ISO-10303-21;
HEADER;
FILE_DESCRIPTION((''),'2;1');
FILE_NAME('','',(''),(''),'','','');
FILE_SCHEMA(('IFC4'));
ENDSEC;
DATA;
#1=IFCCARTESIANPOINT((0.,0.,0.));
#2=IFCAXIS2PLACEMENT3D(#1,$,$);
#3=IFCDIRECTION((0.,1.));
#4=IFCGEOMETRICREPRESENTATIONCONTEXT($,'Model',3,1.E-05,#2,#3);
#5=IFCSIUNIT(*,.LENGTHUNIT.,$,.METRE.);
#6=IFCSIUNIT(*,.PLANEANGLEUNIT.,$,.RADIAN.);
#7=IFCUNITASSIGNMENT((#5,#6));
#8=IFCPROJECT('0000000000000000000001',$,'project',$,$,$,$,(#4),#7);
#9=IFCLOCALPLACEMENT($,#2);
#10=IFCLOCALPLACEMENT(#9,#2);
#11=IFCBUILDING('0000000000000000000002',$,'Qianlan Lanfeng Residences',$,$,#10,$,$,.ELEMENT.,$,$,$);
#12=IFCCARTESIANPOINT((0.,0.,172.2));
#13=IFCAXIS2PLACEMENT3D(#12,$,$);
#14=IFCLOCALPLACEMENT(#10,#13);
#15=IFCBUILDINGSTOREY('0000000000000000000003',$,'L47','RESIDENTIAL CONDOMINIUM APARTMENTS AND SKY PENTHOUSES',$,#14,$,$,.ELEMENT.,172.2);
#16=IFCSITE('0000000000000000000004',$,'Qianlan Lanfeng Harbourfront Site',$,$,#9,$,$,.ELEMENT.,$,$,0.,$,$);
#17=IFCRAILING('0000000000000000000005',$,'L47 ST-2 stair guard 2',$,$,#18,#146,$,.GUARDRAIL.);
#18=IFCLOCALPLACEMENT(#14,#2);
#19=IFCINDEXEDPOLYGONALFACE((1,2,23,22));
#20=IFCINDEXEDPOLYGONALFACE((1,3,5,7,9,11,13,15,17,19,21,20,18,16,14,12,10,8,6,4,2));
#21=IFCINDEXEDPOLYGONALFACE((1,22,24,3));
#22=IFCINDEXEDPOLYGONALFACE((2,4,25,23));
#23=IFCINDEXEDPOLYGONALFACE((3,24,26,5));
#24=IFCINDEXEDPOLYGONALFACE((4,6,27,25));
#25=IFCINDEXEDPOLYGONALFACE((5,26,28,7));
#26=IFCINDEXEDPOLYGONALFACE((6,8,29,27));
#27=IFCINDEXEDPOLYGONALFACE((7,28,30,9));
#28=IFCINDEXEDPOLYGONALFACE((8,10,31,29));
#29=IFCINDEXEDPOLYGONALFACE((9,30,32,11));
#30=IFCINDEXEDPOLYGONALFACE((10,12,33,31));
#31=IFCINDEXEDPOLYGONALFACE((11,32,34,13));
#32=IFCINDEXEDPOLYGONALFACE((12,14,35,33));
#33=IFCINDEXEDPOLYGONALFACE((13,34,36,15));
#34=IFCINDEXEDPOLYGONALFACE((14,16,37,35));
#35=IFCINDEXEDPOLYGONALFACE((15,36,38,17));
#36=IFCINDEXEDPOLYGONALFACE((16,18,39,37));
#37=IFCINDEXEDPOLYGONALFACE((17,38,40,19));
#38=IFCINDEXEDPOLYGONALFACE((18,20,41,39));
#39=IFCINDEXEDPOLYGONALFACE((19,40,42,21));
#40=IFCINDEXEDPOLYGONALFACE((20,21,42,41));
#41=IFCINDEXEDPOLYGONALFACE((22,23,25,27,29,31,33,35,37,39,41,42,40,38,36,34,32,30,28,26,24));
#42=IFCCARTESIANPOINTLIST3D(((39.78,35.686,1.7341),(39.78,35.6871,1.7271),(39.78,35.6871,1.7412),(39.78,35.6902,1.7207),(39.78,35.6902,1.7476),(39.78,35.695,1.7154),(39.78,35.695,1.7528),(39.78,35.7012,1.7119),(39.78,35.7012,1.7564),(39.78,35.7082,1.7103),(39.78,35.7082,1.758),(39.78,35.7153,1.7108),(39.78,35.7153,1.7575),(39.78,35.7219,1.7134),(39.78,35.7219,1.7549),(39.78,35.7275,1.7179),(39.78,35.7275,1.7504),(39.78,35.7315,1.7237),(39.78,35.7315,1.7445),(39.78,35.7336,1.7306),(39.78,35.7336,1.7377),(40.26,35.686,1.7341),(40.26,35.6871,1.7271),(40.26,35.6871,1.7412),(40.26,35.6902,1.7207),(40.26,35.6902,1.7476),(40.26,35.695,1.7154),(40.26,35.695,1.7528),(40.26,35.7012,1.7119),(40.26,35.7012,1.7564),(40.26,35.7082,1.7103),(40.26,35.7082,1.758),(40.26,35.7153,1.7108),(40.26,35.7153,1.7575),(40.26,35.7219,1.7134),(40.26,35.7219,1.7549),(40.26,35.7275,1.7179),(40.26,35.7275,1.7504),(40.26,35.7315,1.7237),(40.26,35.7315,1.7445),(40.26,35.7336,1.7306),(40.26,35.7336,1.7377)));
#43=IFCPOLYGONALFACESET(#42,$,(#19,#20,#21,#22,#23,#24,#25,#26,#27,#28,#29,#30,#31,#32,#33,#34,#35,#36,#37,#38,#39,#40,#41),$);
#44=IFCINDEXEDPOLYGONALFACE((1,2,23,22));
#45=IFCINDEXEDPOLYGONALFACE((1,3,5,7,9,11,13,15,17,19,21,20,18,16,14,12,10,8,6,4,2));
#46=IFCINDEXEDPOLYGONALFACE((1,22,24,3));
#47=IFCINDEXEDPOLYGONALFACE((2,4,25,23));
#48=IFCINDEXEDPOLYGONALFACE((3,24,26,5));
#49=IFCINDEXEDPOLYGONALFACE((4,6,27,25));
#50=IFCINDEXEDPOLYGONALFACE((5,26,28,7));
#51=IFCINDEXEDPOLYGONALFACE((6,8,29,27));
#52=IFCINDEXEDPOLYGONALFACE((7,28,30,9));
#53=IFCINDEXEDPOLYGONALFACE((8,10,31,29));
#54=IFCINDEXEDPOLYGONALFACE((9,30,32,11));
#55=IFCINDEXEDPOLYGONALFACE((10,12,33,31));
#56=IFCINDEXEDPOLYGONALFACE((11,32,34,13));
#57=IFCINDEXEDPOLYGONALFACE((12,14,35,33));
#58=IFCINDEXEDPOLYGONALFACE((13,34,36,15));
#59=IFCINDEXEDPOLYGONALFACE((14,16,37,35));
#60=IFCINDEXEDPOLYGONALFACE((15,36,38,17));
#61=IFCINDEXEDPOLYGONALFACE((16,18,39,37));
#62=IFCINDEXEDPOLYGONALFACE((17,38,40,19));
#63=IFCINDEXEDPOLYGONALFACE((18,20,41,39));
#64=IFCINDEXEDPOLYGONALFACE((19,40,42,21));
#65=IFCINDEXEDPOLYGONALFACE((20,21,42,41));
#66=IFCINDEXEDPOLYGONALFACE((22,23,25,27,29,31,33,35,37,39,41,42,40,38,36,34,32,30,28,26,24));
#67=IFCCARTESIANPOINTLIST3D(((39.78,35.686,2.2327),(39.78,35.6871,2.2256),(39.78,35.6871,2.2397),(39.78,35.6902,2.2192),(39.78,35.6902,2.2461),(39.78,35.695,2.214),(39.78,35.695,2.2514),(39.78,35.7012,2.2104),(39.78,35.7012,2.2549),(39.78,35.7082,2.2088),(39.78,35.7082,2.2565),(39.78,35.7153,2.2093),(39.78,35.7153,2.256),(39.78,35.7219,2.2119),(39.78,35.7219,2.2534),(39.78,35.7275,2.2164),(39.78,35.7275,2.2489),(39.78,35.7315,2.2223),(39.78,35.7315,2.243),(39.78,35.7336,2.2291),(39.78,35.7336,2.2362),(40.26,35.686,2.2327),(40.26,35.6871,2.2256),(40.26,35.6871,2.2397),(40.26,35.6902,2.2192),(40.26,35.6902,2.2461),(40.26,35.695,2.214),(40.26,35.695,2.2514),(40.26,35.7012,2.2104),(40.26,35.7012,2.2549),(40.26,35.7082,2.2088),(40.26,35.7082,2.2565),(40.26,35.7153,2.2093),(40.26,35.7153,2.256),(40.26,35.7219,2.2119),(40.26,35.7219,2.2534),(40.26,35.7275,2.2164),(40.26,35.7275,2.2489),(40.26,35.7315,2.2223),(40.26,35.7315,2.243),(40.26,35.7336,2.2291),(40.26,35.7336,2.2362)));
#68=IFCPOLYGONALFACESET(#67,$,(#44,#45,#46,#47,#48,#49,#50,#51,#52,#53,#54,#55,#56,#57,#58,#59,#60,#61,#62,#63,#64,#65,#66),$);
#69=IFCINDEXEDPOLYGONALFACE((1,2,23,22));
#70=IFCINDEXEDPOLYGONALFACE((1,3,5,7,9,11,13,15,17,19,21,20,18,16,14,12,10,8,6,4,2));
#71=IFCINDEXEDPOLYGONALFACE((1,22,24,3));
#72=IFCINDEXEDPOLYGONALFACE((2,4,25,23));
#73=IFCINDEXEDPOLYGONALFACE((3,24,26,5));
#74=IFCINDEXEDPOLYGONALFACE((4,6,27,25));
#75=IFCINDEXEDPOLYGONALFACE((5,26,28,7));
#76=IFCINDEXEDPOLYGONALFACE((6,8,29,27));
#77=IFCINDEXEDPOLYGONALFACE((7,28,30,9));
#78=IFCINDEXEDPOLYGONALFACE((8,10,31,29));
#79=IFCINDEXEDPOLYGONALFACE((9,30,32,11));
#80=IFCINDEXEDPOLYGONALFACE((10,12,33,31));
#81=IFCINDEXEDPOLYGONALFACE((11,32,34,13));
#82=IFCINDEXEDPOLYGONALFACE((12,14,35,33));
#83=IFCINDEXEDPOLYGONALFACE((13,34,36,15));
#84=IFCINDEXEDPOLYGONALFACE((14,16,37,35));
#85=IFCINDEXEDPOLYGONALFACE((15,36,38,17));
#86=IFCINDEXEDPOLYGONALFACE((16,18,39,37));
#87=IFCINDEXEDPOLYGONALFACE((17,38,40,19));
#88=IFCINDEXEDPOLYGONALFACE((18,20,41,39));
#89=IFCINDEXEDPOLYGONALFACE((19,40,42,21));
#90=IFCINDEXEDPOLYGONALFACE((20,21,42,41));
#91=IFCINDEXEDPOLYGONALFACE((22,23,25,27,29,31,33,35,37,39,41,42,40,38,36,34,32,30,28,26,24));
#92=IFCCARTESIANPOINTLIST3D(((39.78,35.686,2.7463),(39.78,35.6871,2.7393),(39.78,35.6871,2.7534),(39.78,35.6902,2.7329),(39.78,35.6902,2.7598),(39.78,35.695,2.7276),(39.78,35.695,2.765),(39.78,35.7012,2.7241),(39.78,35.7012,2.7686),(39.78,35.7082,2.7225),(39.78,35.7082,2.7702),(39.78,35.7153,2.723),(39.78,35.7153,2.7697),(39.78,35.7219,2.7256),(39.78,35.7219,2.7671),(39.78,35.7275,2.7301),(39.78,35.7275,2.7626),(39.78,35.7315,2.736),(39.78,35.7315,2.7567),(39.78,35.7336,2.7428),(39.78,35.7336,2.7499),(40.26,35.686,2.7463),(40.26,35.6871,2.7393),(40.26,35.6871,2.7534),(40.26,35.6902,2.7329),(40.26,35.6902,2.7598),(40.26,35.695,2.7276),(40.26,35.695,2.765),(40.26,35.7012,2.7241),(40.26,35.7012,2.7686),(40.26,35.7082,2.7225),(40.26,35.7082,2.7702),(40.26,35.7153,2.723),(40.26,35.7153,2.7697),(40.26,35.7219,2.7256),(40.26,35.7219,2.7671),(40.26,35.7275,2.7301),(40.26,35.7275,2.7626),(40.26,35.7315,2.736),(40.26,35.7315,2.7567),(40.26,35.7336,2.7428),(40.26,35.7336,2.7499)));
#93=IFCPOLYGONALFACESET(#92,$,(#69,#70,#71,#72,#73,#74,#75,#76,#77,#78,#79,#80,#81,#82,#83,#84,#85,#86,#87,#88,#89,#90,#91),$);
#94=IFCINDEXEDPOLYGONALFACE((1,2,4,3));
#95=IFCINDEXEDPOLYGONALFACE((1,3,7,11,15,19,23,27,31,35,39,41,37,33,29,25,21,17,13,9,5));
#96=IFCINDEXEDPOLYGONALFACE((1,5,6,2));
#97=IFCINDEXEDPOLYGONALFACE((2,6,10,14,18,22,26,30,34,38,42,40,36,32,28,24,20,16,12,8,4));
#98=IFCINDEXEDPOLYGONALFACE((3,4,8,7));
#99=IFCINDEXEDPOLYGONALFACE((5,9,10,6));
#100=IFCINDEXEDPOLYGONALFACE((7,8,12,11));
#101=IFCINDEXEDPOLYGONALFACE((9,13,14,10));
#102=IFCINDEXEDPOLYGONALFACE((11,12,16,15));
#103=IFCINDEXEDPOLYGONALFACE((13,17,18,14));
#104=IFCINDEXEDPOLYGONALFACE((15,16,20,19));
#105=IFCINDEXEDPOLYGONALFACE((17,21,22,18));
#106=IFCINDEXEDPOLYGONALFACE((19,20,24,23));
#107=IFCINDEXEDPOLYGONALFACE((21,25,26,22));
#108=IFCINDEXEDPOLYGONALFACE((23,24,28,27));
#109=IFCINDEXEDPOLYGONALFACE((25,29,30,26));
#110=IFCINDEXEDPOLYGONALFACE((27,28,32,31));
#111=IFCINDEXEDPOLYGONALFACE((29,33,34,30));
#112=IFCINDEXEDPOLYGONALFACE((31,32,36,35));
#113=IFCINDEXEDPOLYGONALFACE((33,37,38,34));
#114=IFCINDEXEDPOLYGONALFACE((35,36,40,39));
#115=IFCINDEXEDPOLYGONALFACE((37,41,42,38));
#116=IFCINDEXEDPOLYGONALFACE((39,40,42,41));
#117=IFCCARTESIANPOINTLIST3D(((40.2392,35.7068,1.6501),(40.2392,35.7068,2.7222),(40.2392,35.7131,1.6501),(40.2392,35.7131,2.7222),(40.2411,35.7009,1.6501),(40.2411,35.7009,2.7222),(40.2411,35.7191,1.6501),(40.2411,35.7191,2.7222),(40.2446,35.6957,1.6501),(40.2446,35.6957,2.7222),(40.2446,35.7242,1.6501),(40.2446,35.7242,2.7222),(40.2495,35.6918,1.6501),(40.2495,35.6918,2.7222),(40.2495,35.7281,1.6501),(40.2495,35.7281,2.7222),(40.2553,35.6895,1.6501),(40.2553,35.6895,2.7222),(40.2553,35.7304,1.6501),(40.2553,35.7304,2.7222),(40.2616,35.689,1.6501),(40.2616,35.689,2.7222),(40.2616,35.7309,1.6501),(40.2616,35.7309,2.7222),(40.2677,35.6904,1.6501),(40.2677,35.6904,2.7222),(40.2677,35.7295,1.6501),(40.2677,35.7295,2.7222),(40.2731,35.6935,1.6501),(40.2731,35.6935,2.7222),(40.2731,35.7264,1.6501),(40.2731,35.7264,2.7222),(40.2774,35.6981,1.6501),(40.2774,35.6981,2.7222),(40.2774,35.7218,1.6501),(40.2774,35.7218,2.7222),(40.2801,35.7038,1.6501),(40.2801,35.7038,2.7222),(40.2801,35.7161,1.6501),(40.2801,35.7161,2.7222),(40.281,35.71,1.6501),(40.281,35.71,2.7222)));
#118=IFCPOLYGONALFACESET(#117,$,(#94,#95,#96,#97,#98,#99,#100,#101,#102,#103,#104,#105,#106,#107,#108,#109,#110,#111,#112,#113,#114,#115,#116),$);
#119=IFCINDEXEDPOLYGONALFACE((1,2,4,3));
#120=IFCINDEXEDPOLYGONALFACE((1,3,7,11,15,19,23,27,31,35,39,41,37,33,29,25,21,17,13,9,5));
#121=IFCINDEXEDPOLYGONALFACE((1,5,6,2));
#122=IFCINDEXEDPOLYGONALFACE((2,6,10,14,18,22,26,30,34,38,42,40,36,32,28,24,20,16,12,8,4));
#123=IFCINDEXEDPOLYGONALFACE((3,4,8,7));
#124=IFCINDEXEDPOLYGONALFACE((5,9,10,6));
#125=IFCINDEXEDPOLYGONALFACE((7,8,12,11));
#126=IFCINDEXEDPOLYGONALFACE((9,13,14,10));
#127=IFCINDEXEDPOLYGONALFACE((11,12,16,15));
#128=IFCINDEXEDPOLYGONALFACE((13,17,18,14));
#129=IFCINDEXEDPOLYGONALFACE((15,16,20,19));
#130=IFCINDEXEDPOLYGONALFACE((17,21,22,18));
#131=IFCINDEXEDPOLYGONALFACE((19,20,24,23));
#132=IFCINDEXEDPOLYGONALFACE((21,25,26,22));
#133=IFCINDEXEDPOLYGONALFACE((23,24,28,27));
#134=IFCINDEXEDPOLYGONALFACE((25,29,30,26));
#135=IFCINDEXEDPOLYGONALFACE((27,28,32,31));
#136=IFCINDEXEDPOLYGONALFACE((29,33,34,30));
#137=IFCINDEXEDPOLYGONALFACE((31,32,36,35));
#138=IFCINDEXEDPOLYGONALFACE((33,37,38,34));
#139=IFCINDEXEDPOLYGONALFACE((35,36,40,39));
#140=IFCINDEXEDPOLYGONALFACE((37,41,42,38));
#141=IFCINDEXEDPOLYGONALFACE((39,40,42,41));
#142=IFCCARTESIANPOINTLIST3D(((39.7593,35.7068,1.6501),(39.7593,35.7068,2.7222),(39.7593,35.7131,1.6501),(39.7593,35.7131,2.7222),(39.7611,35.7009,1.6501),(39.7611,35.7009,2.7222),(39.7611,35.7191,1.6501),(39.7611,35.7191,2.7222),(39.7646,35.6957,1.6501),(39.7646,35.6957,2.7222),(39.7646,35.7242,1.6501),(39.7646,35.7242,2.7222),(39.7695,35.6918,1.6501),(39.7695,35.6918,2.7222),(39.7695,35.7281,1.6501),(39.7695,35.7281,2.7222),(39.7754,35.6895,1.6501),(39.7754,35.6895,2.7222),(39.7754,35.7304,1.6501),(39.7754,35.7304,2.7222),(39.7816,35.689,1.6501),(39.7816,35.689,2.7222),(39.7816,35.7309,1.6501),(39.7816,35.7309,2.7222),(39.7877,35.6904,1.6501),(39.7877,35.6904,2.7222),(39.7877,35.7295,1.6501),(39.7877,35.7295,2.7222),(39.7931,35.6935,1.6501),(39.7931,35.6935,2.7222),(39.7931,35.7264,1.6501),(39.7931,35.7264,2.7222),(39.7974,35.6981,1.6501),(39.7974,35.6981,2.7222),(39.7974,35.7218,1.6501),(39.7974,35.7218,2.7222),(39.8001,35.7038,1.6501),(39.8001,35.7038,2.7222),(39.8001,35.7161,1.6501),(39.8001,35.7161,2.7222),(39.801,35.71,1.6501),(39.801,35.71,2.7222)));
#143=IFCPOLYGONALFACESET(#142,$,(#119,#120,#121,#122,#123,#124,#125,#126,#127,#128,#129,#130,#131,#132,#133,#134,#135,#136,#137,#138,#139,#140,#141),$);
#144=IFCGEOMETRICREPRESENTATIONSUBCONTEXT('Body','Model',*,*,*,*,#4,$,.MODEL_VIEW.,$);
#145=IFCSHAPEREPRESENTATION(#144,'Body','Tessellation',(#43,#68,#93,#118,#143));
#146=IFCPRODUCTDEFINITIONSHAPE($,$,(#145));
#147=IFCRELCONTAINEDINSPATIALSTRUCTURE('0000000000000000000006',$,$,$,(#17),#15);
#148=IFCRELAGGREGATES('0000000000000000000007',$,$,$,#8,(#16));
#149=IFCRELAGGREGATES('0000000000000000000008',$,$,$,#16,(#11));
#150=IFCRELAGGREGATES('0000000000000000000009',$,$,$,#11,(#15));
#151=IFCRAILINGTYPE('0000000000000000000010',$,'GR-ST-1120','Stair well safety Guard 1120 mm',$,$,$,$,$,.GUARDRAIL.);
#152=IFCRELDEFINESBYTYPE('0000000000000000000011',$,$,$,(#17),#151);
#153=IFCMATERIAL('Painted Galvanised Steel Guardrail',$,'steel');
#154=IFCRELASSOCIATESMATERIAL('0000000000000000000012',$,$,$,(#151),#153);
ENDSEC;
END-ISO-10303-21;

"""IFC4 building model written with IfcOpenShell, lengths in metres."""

from ifc_helpers import new_model, si_unit, direction, frame, origin, origin_2d, place, context, subcontext, project, spatial, circle, extrude, material, type_object, element, save


model = new_model("IFC4")

# Units and contexts
model_context = context("Model", 3, precision=1e-05, world=origin(), true_north=direction((0.0, 1.0)))
body_context = subcontext(model_context, "Body", "Model", "MODEL_VIEW")
ifc_project = project(units=[si_unit("LENGTHUNIT", "METRE"), si_unit("PLANEANGLEUNIT", "RADIAN")], contexts=[model_context])

# Site, building, storey
site_placement = place(None, origin())
site = spatial("IfcSite", under=ifc_project, at=site_placement, Name="Qianlan Lanfeng Harbourfront Site", CompositionType="ELEMENT", RefElevation=0.0)
building_placement = place(site_placement, origin())
building = spatial("IfcBuilding", under=site, at=building_placement, Name="Qianlan Lanfeng Residences", CompositionType="ELEMENT")
storey_placement = place(building_placement, frame((0.0, 0.0, 172.2)))
storey = spatial("IfcBuildingStorey", under=building, at=storey_placement, Name="L47", Description="RESIDENTIAL CONDOMINIUM APARTMENTS AND SKY PENTHOUSES", CompositionType="ELEMENT", Elevation=172.2)

# Railing
ifc_material_1 = material(Name="Painted Galvanised Steel Guardrail", Category="steel")
railing_type_1 = type_object("IfcRailingType", Name="GR-ST-1120", Description="Stair well safety Guard 1120 mm", PredefinedType="GUARDRAIL", material=ifc_material_1)
railing_1_placement = place(storey_placement, frame((40.26, 35.71, 1.6501)))
element("IfcRailing", 1, at=railing_1_placement, inside=storey, type_object=railing_type_1, Name="L47 ST-2 stair guard 2", PredefinedType="GUARDRAIL", context=body_context, shape_type="SweptSolid", body=[
    extrude(circle(Radius=0.0239, at=origin_2d()), frame((0.0, 0.0, 0.084), z_axis=(-1.0, 0.0, 0.0), x_axis=(0.0, -1.0, 0.0)), (0.0, 0.0, 1.0), 0.48),
    extrude(circle(Radius=0.0239, at=origin_2d()), frame((0.0, 0.0, 0.5825), z_axis=(-1.0, 0.0, 0.0), x_axis=(0.0, -1.0, 0.0)), (0.0, 0.0, 1.0), 0.48),
    extrude(circle(Radius=0.0239, at=origin_2d()), frame((0.0, 0.0, 1.0962), z_axis=(-1.0, 0.0, 0.0), x_axis=(0.0, -1.0, 0.0)), (0.0, 0.0, 1.0), 0.48),
    extrude(circle(Radius=0.021, at=origin_2d()), origin(), (0.0, 0.0, 1.0), 1.072),
    extrude(circle(Radius=0.021, at=origin_2d()), frame((-0.48, 0.0, 0.0)), (0.0, 0.0, 1.0), 1.072),
])

save(model, "model.ifc")
